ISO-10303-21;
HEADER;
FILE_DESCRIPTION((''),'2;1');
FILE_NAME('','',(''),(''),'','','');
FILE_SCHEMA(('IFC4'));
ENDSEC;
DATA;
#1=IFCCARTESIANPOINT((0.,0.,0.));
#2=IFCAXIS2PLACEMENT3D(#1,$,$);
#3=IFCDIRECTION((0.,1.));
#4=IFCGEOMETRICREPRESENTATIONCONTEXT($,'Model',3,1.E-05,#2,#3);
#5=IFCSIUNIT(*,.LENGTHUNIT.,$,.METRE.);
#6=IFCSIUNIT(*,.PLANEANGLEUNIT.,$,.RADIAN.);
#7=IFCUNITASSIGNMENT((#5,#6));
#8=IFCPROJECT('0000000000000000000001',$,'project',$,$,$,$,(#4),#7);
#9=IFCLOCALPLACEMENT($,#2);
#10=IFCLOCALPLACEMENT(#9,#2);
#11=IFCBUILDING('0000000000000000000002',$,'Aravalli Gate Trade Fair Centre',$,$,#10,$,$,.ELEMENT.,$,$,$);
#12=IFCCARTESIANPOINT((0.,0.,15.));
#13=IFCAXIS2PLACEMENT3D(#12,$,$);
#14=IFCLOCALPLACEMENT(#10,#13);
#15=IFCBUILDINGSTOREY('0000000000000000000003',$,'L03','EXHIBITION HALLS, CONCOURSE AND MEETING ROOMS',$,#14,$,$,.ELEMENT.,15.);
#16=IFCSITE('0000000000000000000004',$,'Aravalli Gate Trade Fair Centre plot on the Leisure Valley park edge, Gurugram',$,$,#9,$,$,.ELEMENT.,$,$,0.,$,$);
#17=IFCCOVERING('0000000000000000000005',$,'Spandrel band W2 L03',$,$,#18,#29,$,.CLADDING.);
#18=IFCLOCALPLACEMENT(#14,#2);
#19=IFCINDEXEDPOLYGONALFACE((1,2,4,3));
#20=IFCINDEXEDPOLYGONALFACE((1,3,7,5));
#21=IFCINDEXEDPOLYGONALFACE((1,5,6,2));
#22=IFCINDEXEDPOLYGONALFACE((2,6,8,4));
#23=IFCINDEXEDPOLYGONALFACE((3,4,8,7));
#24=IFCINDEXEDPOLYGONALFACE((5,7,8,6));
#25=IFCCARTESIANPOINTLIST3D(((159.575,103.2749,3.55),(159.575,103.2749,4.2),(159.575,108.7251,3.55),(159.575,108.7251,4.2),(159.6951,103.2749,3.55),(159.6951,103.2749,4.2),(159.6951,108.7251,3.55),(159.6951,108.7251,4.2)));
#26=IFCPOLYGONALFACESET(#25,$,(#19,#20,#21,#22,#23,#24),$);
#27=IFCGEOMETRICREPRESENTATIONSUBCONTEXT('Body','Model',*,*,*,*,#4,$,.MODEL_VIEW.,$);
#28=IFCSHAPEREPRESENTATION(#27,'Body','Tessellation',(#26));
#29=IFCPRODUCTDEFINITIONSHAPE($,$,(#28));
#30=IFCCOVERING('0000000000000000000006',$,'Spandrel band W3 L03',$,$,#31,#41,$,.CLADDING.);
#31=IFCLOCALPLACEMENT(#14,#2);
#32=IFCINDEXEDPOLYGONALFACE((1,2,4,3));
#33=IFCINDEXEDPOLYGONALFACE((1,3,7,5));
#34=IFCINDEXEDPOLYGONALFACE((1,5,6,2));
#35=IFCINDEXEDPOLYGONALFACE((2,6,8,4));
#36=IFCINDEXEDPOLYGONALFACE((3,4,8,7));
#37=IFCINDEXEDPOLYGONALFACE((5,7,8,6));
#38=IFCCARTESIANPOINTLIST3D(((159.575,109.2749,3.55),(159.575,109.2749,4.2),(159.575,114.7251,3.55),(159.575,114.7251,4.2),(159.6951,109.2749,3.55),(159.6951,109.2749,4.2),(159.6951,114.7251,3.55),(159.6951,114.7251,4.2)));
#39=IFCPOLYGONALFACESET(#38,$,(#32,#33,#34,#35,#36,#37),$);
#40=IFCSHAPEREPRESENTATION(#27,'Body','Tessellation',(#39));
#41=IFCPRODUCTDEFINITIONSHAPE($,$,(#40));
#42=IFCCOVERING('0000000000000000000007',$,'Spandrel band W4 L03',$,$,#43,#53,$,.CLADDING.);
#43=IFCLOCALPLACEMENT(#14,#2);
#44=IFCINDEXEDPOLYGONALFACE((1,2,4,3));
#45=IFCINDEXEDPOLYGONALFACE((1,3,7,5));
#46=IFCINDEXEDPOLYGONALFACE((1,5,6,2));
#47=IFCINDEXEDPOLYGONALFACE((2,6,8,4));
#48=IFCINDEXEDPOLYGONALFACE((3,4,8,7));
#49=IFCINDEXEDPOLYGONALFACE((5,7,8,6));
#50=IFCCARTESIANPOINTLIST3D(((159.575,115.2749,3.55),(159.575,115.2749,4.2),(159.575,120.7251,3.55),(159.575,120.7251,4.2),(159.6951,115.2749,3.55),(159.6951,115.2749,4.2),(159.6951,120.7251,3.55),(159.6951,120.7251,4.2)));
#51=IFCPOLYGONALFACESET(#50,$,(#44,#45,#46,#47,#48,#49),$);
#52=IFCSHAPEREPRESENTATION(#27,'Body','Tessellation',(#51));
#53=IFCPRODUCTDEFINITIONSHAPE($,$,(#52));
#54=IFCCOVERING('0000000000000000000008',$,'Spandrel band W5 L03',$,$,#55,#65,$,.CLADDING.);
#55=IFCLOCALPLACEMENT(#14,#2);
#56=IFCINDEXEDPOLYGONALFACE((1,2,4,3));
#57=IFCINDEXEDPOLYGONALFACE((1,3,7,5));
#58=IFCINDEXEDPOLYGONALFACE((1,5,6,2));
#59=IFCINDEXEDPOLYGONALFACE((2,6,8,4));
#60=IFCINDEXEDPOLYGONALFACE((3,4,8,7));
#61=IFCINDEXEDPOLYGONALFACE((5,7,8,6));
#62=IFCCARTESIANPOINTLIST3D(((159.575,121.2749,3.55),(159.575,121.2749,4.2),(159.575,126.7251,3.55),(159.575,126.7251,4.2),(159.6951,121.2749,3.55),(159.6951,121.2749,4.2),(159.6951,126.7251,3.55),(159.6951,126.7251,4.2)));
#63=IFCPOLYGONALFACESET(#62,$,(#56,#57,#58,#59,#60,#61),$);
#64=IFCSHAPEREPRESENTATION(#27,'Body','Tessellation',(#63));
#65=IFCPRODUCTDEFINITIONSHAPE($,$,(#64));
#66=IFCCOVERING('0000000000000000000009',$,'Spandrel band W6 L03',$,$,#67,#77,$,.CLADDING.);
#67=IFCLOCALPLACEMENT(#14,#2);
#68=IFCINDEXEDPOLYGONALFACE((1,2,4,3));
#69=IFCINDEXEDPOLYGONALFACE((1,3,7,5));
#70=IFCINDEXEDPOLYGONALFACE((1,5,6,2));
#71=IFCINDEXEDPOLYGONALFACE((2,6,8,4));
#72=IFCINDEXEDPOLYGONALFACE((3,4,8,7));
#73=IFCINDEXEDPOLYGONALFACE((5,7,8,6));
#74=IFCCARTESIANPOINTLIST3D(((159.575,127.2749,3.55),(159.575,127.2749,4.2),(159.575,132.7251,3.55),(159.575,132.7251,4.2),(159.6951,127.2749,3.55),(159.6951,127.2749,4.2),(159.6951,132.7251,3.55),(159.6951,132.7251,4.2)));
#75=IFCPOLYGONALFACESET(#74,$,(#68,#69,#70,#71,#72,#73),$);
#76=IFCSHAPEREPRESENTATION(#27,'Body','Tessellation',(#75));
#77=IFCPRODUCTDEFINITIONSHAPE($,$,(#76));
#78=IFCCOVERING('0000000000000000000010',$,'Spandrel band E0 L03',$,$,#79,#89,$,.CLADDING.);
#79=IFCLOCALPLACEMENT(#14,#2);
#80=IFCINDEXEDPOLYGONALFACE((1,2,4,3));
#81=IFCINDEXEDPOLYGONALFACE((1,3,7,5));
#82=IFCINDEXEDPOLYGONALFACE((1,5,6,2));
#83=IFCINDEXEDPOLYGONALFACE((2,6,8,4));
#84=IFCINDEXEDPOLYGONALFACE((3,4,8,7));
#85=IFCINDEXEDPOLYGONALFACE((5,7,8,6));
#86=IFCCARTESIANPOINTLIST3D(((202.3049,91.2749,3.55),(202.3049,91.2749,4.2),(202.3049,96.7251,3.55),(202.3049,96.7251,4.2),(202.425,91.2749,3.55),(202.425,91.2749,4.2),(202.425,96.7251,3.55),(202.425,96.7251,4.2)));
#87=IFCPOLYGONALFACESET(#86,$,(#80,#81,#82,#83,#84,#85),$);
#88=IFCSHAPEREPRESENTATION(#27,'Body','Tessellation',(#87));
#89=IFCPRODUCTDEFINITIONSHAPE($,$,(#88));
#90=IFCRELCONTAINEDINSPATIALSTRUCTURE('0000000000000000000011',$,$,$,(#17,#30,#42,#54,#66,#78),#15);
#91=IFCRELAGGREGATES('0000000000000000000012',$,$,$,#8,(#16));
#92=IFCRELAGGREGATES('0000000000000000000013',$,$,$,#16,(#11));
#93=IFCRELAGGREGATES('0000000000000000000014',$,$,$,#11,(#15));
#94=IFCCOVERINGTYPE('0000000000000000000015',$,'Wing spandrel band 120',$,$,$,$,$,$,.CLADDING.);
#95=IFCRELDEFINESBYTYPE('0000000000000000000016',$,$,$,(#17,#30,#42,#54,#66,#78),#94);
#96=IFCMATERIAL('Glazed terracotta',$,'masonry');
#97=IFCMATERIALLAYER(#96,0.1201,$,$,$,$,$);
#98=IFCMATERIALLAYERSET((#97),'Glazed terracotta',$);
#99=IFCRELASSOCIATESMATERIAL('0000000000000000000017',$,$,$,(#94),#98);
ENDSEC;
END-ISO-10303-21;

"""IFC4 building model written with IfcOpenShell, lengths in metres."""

from ifc_helpers import new_model, si_unit, direction, frame, origin, place, context, subcontext, project, spatial, polyline, outline, extrude, material, layer, layer_set, type_object, element, save


model = new_model("IFC4")

# Units and contexts
model_context = context("Model", 3, precision=1e-05, world=origin(), true_north=direction((0.0, 1.0)))
body_context = subcontext(model_context, "Body", "Model", "MODEL_VIEW")
ifc_project = project(units=[si_unit("LENGTHUNIT", "METRE"), si_unit("PLANEANGLEUNIT", "RADIAN")], contexts=[model_context])

# Site, building, storey
site_placement = place(None, origin())
site = spatial("IfcSite", under=ifc_project, at=site_placement, Name="Aravalli Gate Trade Fair Centre plot on the Leisure Valley park edge, Gurugram", CompositionType="ELEMENT", RefElevation=0.0)
building_placement = place(site_placement, origin())
building = spatial("IfcBuilding", under=site, at=building_placement, Name="Aravalli Gate Trade Fair Centre", CompositionType="ELEMENT")
storey_placement = place(building_placement, frame((0.0, 0.0, 15.0)))
storey = spatial("IfcBuildingStorey", under=building, at=storey_placement, Name="L03", Description="EXHIBITION HALLS, CONCOURSE AND MEETING ROOMS", CompositionType="ELEMENT", Elevation=15.0)

# Coverings
ifc_material_1 = material(Name="Glazed terracotta", Category="masonry")
ifc_layer_1 = layer(ifc_material_1, 0.1201)
ifc_layer_set_1 = layer_set([ifc_layer_1], Name="Glazed terracotta")
covering_type_1 = type_object("IfcCoveringType", Name="Wing spandrel band 120", PredefinedType="CLADDING", material=ifc_layer_set_1)
covering_1_placement = place(storey_placement, frame((0.0, 0.0, 3.55)))
element("IfcCovering", 1, at=covering_1_placement, inside=storey, type_object=covering_type_1, Name="Spandrel band W2 L03", PredefinedType="CLADDING", context=body_context, shape_type="SweptSolid", body=[
    extrude(outline(polyline([(159.575, 103.2749), (159.6951, 103.2749), (159.6951, 108.7251), (159.575, 108.7251), (159.575, 103.2749)])), origin(), (0.0, 0.0, 1.0), 0.6499),
])
covering_2_placement = place(storey_placement, frame((0.0, 0.0, 3.55)))
element("IfcCovering", 2, at=covering_2_placement, inside=storey, type_object=covering_type_1, Name="Spandrel band W3 L03", PredefinedType="CLADDING", context=body_context, shape_type="SweptSolid", body=[
    extrude(outline(polyline([(159.575, 109.2749), (159.6951, 109.2749), (159.6951, 114.7251), (159.575, 114.7251), (159.575, 109.2749)])), origin(), (0.0, 0.0, 1.0), 0.6499),
])
covering_3_placement = place(storey_placement, frame((0.0, 0.0, 3.55)))
element("IfcCovering", 3, at=covering_3_placement, inside=storey, type_object=covering_type_1, Name="Spandrel band W4 L03", PredefinedType="CLADDING", context=body_context, shape_type="SweptSolid", body=[
    extrude(outline(polyline([(159.575, 115.2749), (159.6951, 115.2749), (159.6951, 120.7251), (159.575, 120.7251), (159.575, 115.2749)])), origin(), (0.0, 0.0, 1.0), 0.6499),
])
covering_4_placement = place(storey_placement, frame((0.0, 0.0, 3.55)))
element("IfcCovering", 4, at=covering_4_placement, inside=storey, type_object=covering_type_1, Name="Spandrel band W5 L03", PredefinedType="CLADDING", context=body_context, shape_type="SweptSolid", body=[
    extrude(outline(polyline([(159.575, 121.2749), (159.6951, 121.2749), (159.6951, 126.7251), (159.575, 126.7251), (159.575, 121.2749)])), origin(), (0.0, 0.0, 1.0), 0.6499),
])
covering_5_placement = place(storey_placement, frame((0.0, 0.0, 3.55)))
element("IfcCovering", 5, at=covering_5_placement, inside=storey, type_object=covering_type_1, Name="Spandrel band W6 L03", PredefinedType="CLADDING", context=body_context, shape_type="SweptSolid", body=[
    extrude(outline(polyline([(159.575, 127.2749), (159.6951, 127.2749), (159.6951, 132.7251), (159.575, 132.7251), (159.575, 127.2749)])), origin(), (0.0, 0.0, 1.0), 0.6499),
])
covering_6_placement = place(storey_placement, frame((0.0, 0.0, 3.55)))
element("IfcCovering", 6, at=covering_6_placement, inside=storey, type_object=covering_type_1, Name="Spandrel band E0 L03", PredefinedType="CLADDING", context=body_context, shape_type="SweptSolid", body=[
    extrude(outline(polyline([(202.3049, 91.2749), (202.425, 91.2749), (202.425, 96.7251), (202.3049, 96.7251), (202.3049, 91.2749)])), origin(), (0.0, 0.0, 1.0), 0.6499),
])

save(model, "model.ifc")
